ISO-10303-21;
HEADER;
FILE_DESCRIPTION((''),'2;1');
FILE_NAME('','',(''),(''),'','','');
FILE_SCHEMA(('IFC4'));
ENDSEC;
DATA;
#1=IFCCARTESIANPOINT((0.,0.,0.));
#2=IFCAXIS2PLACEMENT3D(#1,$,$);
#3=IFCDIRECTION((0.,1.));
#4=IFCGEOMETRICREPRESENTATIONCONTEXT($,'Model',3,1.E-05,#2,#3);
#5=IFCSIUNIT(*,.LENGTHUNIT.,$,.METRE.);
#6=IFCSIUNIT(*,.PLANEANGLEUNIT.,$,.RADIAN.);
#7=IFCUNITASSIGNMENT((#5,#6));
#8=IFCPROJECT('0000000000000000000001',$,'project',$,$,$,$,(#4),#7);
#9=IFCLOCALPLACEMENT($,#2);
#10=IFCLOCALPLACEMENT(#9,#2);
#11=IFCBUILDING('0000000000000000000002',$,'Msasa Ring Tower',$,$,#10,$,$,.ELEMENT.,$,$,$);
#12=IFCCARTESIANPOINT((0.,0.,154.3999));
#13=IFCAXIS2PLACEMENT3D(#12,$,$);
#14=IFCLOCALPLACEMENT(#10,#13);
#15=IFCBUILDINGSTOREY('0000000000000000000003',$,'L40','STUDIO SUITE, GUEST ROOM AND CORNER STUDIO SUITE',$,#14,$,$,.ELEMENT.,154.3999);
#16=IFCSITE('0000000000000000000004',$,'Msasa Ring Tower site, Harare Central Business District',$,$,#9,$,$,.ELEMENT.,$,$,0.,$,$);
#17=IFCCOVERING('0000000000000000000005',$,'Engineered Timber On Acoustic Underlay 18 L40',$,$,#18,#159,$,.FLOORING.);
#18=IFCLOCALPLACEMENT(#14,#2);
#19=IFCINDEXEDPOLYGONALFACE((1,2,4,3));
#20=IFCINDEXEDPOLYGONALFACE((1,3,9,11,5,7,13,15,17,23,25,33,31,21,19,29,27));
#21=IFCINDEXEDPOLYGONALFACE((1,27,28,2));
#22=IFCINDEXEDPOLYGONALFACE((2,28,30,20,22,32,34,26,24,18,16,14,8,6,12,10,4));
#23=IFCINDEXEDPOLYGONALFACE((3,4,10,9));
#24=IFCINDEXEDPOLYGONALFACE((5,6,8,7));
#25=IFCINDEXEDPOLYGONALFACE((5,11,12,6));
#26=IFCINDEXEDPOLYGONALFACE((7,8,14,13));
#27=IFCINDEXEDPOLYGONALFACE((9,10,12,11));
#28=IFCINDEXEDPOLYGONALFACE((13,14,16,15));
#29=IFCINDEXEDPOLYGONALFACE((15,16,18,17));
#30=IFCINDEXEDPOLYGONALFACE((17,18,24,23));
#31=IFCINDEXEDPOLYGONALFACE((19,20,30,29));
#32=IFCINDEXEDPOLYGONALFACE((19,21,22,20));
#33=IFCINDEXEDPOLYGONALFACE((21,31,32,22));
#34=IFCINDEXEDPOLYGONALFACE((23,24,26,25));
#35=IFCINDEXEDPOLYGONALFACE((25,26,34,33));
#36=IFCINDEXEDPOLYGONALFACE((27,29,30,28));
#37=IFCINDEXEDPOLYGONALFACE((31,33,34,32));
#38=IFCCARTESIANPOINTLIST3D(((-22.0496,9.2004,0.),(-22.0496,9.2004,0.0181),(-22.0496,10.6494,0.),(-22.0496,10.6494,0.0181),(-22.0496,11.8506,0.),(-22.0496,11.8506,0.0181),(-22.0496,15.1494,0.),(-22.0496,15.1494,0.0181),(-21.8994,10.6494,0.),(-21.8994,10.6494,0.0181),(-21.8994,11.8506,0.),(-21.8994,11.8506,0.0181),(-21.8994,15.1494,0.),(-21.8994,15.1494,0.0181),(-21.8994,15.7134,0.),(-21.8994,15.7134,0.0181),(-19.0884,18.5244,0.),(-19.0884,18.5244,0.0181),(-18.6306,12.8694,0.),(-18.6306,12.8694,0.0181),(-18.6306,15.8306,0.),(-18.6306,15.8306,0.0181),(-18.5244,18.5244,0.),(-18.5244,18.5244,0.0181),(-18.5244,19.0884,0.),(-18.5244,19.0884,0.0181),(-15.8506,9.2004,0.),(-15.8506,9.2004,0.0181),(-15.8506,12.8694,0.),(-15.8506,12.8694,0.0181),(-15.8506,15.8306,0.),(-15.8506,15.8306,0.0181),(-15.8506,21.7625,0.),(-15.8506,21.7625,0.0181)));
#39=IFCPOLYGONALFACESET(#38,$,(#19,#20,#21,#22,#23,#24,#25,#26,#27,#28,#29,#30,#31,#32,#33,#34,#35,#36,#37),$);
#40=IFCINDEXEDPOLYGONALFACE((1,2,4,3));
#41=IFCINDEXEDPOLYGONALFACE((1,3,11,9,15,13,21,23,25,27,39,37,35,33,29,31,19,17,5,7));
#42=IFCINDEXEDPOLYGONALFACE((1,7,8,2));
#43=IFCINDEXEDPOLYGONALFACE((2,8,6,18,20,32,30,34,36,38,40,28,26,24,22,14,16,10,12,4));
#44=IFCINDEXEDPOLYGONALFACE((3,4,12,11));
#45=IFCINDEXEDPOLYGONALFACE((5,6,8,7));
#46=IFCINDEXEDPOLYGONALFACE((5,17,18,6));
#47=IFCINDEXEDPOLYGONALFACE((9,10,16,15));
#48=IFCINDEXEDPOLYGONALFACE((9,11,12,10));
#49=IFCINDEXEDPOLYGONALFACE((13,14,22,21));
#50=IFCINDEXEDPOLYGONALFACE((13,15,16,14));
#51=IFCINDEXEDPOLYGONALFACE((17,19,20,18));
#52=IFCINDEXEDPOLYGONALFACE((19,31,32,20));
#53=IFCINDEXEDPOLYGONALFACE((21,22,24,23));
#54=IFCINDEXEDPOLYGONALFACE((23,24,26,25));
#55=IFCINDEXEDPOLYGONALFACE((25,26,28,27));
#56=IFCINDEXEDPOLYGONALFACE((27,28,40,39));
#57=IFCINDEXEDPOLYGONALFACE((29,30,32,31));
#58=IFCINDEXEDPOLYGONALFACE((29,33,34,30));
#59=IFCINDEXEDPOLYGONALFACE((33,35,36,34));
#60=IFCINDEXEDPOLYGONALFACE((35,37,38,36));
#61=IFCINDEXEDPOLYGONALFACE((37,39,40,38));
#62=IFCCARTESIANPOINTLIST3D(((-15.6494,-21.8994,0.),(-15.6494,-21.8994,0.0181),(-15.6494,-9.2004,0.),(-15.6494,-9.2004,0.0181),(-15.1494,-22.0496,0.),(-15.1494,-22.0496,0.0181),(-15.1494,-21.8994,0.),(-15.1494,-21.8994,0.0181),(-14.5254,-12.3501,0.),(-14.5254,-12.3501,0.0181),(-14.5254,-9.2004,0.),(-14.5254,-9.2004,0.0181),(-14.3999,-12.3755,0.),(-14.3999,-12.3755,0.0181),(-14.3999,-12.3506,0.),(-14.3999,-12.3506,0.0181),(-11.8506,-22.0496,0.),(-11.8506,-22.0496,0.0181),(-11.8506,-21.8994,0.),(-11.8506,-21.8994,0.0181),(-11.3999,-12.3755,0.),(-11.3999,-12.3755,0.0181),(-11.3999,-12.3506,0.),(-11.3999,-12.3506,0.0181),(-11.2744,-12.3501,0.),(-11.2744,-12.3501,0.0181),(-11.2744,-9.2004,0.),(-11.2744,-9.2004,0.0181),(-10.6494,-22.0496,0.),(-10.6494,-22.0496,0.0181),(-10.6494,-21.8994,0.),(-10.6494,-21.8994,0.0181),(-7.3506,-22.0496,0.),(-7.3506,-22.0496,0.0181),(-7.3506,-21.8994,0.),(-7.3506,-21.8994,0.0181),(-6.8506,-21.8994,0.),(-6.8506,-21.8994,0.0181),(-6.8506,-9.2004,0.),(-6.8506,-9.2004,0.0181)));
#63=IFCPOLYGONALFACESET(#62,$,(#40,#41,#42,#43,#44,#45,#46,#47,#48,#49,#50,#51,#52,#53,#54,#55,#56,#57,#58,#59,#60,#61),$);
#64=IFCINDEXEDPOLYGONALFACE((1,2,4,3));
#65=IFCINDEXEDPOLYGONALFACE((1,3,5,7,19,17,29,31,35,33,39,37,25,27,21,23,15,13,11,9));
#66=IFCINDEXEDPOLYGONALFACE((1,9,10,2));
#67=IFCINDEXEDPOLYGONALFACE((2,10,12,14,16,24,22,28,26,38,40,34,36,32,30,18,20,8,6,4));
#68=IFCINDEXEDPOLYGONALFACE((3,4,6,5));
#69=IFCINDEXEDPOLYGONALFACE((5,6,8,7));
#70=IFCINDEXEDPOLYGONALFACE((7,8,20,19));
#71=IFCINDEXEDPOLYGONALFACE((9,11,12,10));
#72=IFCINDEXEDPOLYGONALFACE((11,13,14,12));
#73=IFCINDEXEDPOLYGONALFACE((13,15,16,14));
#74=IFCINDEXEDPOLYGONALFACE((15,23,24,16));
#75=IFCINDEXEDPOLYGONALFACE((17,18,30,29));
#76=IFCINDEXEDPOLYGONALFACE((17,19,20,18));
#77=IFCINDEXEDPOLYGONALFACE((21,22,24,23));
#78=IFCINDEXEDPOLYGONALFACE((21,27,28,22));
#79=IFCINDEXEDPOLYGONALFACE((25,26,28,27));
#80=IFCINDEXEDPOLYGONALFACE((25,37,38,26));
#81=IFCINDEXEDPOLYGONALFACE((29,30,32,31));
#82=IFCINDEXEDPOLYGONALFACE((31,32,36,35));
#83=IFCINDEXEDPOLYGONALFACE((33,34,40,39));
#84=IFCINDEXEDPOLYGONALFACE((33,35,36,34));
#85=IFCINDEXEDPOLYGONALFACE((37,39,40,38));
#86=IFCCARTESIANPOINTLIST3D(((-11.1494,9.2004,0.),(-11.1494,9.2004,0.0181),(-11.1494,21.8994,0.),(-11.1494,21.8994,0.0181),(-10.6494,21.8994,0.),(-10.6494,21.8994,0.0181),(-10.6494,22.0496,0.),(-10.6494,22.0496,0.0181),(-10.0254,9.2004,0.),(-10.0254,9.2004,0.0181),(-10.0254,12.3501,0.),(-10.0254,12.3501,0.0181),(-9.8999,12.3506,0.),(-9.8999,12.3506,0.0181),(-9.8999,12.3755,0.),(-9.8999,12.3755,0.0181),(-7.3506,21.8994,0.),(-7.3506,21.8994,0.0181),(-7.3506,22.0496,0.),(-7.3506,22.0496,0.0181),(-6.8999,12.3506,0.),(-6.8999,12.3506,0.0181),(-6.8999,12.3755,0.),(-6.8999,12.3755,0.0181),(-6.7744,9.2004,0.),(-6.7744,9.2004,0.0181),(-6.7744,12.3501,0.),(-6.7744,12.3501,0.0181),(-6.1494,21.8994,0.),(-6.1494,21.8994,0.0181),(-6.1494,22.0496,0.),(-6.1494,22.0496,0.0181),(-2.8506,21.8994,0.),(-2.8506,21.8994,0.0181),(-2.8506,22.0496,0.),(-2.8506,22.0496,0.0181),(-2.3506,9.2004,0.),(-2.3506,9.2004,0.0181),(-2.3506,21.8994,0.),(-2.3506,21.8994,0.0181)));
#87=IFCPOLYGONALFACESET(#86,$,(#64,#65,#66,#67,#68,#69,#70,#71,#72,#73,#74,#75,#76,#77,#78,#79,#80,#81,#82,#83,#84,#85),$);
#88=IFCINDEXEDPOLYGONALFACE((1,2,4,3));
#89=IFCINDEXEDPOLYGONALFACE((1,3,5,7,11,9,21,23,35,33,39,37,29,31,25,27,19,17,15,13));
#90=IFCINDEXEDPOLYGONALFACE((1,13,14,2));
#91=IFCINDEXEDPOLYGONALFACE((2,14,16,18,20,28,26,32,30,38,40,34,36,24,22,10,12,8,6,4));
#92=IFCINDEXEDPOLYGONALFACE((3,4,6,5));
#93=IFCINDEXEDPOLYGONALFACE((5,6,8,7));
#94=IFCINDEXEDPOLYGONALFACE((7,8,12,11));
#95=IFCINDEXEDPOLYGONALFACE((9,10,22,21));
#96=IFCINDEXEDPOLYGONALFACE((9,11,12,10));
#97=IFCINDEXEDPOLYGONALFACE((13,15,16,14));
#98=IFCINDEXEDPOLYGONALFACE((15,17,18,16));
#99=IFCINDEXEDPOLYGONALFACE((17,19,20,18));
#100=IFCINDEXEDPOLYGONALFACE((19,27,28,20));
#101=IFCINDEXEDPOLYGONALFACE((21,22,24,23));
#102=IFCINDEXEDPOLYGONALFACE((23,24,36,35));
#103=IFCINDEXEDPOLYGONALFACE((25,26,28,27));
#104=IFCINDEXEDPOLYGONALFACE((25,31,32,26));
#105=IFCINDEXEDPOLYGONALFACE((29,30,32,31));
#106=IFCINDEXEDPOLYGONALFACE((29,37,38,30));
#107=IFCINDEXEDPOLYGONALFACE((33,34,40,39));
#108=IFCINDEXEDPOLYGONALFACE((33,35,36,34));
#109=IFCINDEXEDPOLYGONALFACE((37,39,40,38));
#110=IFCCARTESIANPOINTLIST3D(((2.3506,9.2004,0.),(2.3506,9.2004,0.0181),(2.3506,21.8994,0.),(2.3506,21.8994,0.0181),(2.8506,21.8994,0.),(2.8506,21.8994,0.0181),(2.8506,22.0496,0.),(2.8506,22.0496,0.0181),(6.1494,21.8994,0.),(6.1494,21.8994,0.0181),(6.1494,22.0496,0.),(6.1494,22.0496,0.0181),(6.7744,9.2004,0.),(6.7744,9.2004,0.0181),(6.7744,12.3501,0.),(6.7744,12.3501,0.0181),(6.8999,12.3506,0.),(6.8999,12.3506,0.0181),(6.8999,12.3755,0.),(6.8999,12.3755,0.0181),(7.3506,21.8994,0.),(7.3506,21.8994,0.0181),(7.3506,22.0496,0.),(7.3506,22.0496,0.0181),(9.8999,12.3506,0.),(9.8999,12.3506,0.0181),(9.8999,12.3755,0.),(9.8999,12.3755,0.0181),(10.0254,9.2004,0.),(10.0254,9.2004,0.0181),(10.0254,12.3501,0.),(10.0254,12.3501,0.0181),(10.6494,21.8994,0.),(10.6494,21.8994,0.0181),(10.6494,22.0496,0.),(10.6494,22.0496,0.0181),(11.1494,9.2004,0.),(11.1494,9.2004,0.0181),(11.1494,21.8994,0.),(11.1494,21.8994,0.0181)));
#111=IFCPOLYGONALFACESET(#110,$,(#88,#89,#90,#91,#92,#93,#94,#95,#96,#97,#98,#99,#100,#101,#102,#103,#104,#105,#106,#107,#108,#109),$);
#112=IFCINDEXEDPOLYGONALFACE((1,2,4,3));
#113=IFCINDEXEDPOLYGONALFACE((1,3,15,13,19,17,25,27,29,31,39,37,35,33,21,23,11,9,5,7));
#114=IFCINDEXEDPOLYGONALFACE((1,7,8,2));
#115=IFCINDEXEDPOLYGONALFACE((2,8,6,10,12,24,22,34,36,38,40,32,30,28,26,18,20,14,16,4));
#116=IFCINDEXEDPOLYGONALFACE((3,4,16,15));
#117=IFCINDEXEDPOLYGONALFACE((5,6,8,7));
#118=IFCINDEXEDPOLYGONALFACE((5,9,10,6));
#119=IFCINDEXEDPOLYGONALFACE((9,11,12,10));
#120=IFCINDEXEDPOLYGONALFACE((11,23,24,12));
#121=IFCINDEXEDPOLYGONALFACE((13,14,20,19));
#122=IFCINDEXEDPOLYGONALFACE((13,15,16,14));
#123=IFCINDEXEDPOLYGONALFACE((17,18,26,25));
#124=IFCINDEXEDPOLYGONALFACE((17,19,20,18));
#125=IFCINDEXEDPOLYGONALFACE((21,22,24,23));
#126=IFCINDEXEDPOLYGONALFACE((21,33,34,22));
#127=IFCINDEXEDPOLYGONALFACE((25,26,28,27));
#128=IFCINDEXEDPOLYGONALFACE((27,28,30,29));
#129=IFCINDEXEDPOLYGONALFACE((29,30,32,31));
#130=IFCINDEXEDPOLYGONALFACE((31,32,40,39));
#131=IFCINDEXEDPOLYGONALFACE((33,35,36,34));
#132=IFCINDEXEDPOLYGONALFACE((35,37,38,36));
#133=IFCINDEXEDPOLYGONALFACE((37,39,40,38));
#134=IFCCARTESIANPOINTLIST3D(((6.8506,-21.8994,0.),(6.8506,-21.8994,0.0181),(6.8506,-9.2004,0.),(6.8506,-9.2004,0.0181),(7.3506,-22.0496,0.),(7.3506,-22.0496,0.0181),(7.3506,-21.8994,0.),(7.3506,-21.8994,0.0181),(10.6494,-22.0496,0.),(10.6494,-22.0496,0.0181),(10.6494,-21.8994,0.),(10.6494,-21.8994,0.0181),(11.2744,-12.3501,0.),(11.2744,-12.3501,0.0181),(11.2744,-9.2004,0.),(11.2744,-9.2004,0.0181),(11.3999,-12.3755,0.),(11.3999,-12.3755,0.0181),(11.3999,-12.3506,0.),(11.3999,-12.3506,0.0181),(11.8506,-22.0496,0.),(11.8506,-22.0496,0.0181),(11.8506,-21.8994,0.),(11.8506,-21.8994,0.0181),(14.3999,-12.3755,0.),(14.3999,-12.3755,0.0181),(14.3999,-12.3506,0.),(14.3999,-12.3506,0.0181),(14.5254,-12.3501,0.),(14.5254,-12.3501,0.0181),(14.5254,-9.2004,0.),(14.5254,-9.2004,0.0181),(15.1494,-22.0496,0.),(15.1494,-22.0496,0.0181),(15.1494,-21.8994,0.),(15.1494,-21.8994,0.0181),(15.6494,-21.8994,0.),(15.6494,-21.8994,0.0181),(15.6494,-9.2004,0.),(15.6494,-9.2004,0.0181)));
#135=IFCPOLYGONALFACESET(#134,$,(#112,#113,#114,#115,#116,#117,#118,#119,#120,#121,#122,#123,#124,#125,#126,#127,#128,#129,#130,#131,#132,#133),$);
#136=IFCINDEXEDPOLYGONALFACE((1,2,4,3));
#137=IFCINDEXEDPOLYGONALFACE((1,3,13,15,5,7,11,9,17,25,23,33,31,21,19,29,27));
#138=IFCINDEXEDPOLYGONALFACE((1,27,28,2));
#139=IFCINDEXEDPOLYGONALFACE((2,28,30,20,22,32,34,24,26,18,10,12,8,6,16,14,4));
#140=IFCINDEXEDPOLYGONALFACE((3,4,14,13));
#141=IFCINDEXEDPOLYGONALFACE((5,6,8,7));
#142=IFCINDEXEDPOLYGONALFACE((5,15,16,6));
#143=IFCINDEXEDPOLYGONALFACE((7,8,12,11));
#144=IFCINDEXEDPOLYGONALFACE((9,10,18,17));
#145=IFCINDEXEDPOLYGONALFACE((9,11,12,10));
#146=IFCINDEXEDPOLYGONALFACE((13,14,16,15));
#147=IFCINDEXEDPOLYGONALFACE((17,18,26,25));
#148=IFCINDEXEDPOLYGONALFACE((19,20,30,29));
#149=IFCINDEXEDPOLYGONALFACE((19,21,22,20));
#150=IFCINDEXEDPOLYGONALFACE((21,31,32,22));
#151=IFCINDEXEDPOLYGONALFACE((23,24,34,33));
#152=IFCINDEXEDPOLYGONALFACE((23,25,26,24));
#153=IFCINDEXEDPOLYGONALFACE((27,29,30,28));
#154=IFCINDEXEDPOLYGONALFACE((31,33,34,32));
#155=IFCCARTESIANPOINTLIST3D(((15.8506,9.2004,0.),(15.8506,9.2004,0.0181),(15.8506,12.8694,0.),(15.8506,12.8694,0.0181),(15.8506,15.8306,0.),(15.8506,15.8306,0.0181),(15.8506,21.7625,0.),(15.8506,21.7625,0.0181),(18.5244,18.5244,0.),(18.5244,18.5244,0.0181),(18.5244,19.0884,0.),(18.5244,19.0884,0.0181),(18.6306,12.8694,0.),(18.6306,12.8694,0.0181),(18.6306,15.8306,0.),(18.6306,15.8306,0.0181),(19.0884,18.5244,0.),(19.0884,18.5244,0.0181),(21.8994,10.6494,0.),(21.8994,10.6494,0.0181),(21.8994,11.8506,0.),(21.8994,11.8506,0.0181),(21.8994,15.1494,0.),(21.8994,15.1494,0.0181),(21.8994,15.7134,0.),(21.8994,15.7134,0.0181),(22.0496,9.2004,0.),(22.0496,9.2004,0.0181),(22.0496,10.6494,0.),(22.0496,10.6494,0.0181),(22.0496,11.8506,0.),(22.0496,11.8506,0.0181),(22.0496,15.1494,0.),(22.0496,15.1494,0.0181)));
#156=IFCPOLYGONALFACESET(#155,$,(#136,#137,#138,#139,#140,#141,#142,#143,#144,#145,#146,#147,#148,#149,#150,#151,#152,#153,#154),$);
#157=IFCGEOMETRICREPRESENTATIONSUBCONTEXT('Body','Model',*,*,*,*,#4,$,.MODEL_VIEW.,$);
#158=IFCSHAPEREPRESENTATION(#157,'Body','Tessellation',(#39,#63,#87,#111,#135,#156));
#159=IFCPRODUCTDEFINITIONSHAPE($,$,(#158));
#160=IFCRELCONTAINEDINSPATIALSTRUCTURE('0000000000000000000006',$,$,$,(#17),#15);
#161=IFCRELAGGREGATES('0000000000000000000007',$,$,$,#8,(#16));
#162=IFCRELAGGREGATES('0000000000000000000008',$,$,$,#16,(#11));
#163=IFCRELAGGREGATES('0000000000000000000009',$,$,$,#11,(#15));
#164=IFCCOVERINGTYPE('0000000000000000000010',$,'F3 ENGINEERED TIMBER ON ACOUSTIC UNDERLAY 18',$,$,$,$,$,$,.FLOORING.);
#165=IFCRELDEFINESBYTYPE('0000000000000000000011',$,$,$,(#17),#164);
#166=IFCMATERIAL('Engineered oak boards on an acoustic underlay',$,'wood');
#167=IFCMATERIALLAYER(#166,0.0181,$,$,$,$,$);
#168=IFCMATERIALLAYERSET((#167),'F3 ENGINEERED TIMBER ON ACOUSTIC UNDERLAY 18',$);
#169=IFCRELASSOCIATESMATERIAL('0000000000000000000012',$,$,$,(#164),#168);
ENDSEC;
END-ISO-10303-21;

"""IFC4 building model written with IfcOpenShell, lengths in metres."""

from ifc_helpers import new_model, si_unit, direction, frame, origin, place, context, subcontext, project, spatial, line, indexed_curve, outline, extrude, material, layer, layer_set, type_object, element, save


model = new_model("IFC4")

# Units and contexts
model_context = context("Model", 3, precision=1e-05, world=origin(), true_north=direction((0.0, 1.0)))
body_context = subcontext(model_context, "Body", "Model", "MODEL_VIEW")
ifc_project = project(units=[si_unit("LENGTHUNIT", "METRE"), si_unit("PLANEANGLEUNIT", "RADIAN")], contexts=[model_context])

# Site, building, storey
site_placement = place(None, origin())
site = spatial("IfcSite", under=ifc_project, at=site_placement, Name="Msasa Ring Tower site, Harare Central Business District", CompositionType="ELEMENT", RefElevation=0.0)
building_placement = place(site_placement, origin())
building = spatial("IfcBuilding", under=site, at=building_placement, Name="Msasa Ring Tower", CompositionType="ELEMENT")
storey_placement = place(building_placement, frame((0.0, 0.0, 154.3999)))
storey = spatial("IfcBuildingStorey", under=building, at=storey_placement, Name="L40", Description="STUDIO SUITE, GUEST ROOM AND CORNER STUDIO SUITE", CompositionType="ELEMENT", Elevation=154.3999)

# Covering
ifc_material_1 = material(Name="Engineered oak boards on an acoustic underlay", Category="wood")
ifc_layer_1 = layer(ifc_material_1, 0.0181)
ifc_layer_set_1 = layer_set([ifc_layer_1], Name="F3 ENGINEERED TIMBER ON ACOUSTIC UNDERLAY 18")
covering_type_1 = type_object("IfcCoveringType", Name="F3 ENGINEERED TIMBER ON ACOUSTIC UNDERLAY 18", PredefinedType="FLOORING", material=ifc_layer_set_1)
covering_1_placement = place(storey_placement, origin())
element("IfcCovering", 1, at=covering_1_placement, inside=storey, type_object=covering_type_1, Name="Engineered Timber On Acoustic Underlay 18 L40", PredefinedType="FLOORING", context=body_context, shape_type="SweptSolid", body=[
    extrude(outline(indexed_curve([(-18.6306, 12.8694), (-15.8506, 12.8694), (-15.8506, 9.2004), (-22.0496, 9.2004), (-22.0496, 10.6494), (-21.8994, 10.6494), (-21.8994, 11.8506), (-22.0496, 11.8506), (-22.0496, 15.1494), (-21.8994, 15.1494), (-21.8994, 15.7134), (-19.0884, 18.5244), (-18.5244, 18.5244), (-18.5244, 19.0884), (-15.8506, 21.7625), (-15.8506, 15.8306), (-18.6306, 15.8306)], segments=[line(1, 2, 3, 4, 5, 6, 7, 8, 9, 10, 11, 12, 13, 14, 15, 16, 17, 1)], self_intersect=False)), origin(), (0.0, 0.0, 1.0), 0.0181),
    extrude(outline(indexed_curve([(-14.5254, -9.2004), (-14.5254, -12.3501), (-14.3999, -12.3506), (-14.3999, -12.3755), (-11.3999, -12.3755), (-11.3999, -12.3506), (-11.2744, -12.3501), (-11.2744, -9.2004), (-6.8506, -9.2004), (-6.8506, -21.8994), (-7.3506, -21.8994), (-7.3506, -22.0496), (-10.6494, -22.0496), (-10.6494, -21.8994), (-11.8506, -21.8994), (-11.8506, -22.0496), (-15.1494, -22.0496), (-15.1494, -21.8994), (-15.6494, -21.8994), (-15.6494, -9.2004)], segments=[line(1, 2, 3, 4, 5, 6, 7, 8, 9, 10, 11, 12, 13, 14, 15, 16, 17, 18, 19, 20, 1)], self_intersect=False)), origin(), (0.0, 0.0, 1.0), 0.0181),
    extrude(outline(indexed_curve([(-6.8999, 12.3506), (-6.8999, 12.3755), (-9.8999, 12.3755), (-9.8999, 12.3506), (-10.0254, 12.3501), (-10.0254, 9.2004), (-11.1494, 9.2004), (-11.1494, 21.8994), (-10.6494, 21.8994), (-10.6494, 22.0496), (-7.3506, 22.0496), (-7.3506, 21.8994), (-6.1494, 21.8994), (-6.1494, 22.0496), (-2.8506, 22.0496), (-2.8506, 21.8994), (-2.3506, 21.8994), (-2.3506, 9.2004), (-6.7744, 9.2004), (-6.7744, 12.3501)], segments=[line(1, 2, 3, 4, 5, 6, 7, 8, 9, 10, 11, 12, 13, 14, 15, 16, 17, 18, 19, 20, 1)], self_intersect=False)), origin(), (0.0, 0.0, 1.0), 0.0181),
    extrude(outline(indexed_curve([(9.8999, 12.3506), (9.8999, 12.3755), (6.8999, 12.3755), (6.8999, 12.3506), (6.7744, 12.3501), (6.7744, 9.2004), (2.3506, 9.2004), (2.3506, 21.8994), (2.8506, 21.8994), (2.8506, 22.0496), (6.1494, 22.0496), (6.1494, 21.8994), (7.3506, 21.8994), (7.3506, 22.0496), (10.6494, 22.0496), (10.6494, 21.8994), (11.1494, 21.8994), (11.1494, 9.2004), (10.0254, 9.2004), (10.0254, 12.3501)], segments=[line(1, 2, 3, 4, 5, 6, 7, 8, 9, 10, 11, 12, 13, 14, 15, 16, 17, 18, 19, 20, 1)], self_intersect=False)), origin(), (0.0, 0.0, 1.0), 0.0181),
    extrude(outline(indexed_curve([(11.2744, -12.3501), (11.3999, -12.3506), (11.3999, -12.3755), (14.3999, -12.3755), (14.3999, -12.3506), (14.5254, -12.3501), (14.5254, -9.2004), (15.6494, -9.2004), (15.6494, -21.8994), (15.1494, -21.8994), (15.1494, -22.0496), (11.8506, -22.0496), (11.8506, -21.8994), (10.6494, -21.8994), (10.6494, -22.0496), (7.3506, -22.0496), (7.3506, -21.8994), (6.8506, -21.8994), (6.8506, -9.2004), (11.2744, -9.2004)], segments=[line(1, 2, 3, 4, 5, 6, 7, 8, 9, 10, 11, 12, 13, 14, 15, 16, 17, 18, 19, 20, 1)], self_intersect=False)), origin(), (0.0, 0.0, 1.0), 0.0181),
    extrude(outline(indexed_curve([(15.8506, 15.8306), (15.8506, 21.7625), (18.5244, 19.0884), (18.5244, 18.5244), (19.0884, 18.5244), (21.8994, 15.7134), (21.8994, 15.1494), (22.0496, 15.1494), (22.0496, 11.8506), (21.8994, 11.8506), (21.8994, 10.6494), (22.0496, 10.6494), (22.0496, 9.2004), (15.8506, 9.2004), (15.8506, 12.8694), (18.6306, 12.8694), (18.6306, 15.8306)], segments=[line(1, 2, 3, 4, 5, 6, 7, 8, 9, 10, 11, 12, 13, 14, 15, 16, 17, 1)], self_intersect=False)), origin(), (0.0, 0.0, 1.0), 0.0181),
])

save(model, "model.ifc")
